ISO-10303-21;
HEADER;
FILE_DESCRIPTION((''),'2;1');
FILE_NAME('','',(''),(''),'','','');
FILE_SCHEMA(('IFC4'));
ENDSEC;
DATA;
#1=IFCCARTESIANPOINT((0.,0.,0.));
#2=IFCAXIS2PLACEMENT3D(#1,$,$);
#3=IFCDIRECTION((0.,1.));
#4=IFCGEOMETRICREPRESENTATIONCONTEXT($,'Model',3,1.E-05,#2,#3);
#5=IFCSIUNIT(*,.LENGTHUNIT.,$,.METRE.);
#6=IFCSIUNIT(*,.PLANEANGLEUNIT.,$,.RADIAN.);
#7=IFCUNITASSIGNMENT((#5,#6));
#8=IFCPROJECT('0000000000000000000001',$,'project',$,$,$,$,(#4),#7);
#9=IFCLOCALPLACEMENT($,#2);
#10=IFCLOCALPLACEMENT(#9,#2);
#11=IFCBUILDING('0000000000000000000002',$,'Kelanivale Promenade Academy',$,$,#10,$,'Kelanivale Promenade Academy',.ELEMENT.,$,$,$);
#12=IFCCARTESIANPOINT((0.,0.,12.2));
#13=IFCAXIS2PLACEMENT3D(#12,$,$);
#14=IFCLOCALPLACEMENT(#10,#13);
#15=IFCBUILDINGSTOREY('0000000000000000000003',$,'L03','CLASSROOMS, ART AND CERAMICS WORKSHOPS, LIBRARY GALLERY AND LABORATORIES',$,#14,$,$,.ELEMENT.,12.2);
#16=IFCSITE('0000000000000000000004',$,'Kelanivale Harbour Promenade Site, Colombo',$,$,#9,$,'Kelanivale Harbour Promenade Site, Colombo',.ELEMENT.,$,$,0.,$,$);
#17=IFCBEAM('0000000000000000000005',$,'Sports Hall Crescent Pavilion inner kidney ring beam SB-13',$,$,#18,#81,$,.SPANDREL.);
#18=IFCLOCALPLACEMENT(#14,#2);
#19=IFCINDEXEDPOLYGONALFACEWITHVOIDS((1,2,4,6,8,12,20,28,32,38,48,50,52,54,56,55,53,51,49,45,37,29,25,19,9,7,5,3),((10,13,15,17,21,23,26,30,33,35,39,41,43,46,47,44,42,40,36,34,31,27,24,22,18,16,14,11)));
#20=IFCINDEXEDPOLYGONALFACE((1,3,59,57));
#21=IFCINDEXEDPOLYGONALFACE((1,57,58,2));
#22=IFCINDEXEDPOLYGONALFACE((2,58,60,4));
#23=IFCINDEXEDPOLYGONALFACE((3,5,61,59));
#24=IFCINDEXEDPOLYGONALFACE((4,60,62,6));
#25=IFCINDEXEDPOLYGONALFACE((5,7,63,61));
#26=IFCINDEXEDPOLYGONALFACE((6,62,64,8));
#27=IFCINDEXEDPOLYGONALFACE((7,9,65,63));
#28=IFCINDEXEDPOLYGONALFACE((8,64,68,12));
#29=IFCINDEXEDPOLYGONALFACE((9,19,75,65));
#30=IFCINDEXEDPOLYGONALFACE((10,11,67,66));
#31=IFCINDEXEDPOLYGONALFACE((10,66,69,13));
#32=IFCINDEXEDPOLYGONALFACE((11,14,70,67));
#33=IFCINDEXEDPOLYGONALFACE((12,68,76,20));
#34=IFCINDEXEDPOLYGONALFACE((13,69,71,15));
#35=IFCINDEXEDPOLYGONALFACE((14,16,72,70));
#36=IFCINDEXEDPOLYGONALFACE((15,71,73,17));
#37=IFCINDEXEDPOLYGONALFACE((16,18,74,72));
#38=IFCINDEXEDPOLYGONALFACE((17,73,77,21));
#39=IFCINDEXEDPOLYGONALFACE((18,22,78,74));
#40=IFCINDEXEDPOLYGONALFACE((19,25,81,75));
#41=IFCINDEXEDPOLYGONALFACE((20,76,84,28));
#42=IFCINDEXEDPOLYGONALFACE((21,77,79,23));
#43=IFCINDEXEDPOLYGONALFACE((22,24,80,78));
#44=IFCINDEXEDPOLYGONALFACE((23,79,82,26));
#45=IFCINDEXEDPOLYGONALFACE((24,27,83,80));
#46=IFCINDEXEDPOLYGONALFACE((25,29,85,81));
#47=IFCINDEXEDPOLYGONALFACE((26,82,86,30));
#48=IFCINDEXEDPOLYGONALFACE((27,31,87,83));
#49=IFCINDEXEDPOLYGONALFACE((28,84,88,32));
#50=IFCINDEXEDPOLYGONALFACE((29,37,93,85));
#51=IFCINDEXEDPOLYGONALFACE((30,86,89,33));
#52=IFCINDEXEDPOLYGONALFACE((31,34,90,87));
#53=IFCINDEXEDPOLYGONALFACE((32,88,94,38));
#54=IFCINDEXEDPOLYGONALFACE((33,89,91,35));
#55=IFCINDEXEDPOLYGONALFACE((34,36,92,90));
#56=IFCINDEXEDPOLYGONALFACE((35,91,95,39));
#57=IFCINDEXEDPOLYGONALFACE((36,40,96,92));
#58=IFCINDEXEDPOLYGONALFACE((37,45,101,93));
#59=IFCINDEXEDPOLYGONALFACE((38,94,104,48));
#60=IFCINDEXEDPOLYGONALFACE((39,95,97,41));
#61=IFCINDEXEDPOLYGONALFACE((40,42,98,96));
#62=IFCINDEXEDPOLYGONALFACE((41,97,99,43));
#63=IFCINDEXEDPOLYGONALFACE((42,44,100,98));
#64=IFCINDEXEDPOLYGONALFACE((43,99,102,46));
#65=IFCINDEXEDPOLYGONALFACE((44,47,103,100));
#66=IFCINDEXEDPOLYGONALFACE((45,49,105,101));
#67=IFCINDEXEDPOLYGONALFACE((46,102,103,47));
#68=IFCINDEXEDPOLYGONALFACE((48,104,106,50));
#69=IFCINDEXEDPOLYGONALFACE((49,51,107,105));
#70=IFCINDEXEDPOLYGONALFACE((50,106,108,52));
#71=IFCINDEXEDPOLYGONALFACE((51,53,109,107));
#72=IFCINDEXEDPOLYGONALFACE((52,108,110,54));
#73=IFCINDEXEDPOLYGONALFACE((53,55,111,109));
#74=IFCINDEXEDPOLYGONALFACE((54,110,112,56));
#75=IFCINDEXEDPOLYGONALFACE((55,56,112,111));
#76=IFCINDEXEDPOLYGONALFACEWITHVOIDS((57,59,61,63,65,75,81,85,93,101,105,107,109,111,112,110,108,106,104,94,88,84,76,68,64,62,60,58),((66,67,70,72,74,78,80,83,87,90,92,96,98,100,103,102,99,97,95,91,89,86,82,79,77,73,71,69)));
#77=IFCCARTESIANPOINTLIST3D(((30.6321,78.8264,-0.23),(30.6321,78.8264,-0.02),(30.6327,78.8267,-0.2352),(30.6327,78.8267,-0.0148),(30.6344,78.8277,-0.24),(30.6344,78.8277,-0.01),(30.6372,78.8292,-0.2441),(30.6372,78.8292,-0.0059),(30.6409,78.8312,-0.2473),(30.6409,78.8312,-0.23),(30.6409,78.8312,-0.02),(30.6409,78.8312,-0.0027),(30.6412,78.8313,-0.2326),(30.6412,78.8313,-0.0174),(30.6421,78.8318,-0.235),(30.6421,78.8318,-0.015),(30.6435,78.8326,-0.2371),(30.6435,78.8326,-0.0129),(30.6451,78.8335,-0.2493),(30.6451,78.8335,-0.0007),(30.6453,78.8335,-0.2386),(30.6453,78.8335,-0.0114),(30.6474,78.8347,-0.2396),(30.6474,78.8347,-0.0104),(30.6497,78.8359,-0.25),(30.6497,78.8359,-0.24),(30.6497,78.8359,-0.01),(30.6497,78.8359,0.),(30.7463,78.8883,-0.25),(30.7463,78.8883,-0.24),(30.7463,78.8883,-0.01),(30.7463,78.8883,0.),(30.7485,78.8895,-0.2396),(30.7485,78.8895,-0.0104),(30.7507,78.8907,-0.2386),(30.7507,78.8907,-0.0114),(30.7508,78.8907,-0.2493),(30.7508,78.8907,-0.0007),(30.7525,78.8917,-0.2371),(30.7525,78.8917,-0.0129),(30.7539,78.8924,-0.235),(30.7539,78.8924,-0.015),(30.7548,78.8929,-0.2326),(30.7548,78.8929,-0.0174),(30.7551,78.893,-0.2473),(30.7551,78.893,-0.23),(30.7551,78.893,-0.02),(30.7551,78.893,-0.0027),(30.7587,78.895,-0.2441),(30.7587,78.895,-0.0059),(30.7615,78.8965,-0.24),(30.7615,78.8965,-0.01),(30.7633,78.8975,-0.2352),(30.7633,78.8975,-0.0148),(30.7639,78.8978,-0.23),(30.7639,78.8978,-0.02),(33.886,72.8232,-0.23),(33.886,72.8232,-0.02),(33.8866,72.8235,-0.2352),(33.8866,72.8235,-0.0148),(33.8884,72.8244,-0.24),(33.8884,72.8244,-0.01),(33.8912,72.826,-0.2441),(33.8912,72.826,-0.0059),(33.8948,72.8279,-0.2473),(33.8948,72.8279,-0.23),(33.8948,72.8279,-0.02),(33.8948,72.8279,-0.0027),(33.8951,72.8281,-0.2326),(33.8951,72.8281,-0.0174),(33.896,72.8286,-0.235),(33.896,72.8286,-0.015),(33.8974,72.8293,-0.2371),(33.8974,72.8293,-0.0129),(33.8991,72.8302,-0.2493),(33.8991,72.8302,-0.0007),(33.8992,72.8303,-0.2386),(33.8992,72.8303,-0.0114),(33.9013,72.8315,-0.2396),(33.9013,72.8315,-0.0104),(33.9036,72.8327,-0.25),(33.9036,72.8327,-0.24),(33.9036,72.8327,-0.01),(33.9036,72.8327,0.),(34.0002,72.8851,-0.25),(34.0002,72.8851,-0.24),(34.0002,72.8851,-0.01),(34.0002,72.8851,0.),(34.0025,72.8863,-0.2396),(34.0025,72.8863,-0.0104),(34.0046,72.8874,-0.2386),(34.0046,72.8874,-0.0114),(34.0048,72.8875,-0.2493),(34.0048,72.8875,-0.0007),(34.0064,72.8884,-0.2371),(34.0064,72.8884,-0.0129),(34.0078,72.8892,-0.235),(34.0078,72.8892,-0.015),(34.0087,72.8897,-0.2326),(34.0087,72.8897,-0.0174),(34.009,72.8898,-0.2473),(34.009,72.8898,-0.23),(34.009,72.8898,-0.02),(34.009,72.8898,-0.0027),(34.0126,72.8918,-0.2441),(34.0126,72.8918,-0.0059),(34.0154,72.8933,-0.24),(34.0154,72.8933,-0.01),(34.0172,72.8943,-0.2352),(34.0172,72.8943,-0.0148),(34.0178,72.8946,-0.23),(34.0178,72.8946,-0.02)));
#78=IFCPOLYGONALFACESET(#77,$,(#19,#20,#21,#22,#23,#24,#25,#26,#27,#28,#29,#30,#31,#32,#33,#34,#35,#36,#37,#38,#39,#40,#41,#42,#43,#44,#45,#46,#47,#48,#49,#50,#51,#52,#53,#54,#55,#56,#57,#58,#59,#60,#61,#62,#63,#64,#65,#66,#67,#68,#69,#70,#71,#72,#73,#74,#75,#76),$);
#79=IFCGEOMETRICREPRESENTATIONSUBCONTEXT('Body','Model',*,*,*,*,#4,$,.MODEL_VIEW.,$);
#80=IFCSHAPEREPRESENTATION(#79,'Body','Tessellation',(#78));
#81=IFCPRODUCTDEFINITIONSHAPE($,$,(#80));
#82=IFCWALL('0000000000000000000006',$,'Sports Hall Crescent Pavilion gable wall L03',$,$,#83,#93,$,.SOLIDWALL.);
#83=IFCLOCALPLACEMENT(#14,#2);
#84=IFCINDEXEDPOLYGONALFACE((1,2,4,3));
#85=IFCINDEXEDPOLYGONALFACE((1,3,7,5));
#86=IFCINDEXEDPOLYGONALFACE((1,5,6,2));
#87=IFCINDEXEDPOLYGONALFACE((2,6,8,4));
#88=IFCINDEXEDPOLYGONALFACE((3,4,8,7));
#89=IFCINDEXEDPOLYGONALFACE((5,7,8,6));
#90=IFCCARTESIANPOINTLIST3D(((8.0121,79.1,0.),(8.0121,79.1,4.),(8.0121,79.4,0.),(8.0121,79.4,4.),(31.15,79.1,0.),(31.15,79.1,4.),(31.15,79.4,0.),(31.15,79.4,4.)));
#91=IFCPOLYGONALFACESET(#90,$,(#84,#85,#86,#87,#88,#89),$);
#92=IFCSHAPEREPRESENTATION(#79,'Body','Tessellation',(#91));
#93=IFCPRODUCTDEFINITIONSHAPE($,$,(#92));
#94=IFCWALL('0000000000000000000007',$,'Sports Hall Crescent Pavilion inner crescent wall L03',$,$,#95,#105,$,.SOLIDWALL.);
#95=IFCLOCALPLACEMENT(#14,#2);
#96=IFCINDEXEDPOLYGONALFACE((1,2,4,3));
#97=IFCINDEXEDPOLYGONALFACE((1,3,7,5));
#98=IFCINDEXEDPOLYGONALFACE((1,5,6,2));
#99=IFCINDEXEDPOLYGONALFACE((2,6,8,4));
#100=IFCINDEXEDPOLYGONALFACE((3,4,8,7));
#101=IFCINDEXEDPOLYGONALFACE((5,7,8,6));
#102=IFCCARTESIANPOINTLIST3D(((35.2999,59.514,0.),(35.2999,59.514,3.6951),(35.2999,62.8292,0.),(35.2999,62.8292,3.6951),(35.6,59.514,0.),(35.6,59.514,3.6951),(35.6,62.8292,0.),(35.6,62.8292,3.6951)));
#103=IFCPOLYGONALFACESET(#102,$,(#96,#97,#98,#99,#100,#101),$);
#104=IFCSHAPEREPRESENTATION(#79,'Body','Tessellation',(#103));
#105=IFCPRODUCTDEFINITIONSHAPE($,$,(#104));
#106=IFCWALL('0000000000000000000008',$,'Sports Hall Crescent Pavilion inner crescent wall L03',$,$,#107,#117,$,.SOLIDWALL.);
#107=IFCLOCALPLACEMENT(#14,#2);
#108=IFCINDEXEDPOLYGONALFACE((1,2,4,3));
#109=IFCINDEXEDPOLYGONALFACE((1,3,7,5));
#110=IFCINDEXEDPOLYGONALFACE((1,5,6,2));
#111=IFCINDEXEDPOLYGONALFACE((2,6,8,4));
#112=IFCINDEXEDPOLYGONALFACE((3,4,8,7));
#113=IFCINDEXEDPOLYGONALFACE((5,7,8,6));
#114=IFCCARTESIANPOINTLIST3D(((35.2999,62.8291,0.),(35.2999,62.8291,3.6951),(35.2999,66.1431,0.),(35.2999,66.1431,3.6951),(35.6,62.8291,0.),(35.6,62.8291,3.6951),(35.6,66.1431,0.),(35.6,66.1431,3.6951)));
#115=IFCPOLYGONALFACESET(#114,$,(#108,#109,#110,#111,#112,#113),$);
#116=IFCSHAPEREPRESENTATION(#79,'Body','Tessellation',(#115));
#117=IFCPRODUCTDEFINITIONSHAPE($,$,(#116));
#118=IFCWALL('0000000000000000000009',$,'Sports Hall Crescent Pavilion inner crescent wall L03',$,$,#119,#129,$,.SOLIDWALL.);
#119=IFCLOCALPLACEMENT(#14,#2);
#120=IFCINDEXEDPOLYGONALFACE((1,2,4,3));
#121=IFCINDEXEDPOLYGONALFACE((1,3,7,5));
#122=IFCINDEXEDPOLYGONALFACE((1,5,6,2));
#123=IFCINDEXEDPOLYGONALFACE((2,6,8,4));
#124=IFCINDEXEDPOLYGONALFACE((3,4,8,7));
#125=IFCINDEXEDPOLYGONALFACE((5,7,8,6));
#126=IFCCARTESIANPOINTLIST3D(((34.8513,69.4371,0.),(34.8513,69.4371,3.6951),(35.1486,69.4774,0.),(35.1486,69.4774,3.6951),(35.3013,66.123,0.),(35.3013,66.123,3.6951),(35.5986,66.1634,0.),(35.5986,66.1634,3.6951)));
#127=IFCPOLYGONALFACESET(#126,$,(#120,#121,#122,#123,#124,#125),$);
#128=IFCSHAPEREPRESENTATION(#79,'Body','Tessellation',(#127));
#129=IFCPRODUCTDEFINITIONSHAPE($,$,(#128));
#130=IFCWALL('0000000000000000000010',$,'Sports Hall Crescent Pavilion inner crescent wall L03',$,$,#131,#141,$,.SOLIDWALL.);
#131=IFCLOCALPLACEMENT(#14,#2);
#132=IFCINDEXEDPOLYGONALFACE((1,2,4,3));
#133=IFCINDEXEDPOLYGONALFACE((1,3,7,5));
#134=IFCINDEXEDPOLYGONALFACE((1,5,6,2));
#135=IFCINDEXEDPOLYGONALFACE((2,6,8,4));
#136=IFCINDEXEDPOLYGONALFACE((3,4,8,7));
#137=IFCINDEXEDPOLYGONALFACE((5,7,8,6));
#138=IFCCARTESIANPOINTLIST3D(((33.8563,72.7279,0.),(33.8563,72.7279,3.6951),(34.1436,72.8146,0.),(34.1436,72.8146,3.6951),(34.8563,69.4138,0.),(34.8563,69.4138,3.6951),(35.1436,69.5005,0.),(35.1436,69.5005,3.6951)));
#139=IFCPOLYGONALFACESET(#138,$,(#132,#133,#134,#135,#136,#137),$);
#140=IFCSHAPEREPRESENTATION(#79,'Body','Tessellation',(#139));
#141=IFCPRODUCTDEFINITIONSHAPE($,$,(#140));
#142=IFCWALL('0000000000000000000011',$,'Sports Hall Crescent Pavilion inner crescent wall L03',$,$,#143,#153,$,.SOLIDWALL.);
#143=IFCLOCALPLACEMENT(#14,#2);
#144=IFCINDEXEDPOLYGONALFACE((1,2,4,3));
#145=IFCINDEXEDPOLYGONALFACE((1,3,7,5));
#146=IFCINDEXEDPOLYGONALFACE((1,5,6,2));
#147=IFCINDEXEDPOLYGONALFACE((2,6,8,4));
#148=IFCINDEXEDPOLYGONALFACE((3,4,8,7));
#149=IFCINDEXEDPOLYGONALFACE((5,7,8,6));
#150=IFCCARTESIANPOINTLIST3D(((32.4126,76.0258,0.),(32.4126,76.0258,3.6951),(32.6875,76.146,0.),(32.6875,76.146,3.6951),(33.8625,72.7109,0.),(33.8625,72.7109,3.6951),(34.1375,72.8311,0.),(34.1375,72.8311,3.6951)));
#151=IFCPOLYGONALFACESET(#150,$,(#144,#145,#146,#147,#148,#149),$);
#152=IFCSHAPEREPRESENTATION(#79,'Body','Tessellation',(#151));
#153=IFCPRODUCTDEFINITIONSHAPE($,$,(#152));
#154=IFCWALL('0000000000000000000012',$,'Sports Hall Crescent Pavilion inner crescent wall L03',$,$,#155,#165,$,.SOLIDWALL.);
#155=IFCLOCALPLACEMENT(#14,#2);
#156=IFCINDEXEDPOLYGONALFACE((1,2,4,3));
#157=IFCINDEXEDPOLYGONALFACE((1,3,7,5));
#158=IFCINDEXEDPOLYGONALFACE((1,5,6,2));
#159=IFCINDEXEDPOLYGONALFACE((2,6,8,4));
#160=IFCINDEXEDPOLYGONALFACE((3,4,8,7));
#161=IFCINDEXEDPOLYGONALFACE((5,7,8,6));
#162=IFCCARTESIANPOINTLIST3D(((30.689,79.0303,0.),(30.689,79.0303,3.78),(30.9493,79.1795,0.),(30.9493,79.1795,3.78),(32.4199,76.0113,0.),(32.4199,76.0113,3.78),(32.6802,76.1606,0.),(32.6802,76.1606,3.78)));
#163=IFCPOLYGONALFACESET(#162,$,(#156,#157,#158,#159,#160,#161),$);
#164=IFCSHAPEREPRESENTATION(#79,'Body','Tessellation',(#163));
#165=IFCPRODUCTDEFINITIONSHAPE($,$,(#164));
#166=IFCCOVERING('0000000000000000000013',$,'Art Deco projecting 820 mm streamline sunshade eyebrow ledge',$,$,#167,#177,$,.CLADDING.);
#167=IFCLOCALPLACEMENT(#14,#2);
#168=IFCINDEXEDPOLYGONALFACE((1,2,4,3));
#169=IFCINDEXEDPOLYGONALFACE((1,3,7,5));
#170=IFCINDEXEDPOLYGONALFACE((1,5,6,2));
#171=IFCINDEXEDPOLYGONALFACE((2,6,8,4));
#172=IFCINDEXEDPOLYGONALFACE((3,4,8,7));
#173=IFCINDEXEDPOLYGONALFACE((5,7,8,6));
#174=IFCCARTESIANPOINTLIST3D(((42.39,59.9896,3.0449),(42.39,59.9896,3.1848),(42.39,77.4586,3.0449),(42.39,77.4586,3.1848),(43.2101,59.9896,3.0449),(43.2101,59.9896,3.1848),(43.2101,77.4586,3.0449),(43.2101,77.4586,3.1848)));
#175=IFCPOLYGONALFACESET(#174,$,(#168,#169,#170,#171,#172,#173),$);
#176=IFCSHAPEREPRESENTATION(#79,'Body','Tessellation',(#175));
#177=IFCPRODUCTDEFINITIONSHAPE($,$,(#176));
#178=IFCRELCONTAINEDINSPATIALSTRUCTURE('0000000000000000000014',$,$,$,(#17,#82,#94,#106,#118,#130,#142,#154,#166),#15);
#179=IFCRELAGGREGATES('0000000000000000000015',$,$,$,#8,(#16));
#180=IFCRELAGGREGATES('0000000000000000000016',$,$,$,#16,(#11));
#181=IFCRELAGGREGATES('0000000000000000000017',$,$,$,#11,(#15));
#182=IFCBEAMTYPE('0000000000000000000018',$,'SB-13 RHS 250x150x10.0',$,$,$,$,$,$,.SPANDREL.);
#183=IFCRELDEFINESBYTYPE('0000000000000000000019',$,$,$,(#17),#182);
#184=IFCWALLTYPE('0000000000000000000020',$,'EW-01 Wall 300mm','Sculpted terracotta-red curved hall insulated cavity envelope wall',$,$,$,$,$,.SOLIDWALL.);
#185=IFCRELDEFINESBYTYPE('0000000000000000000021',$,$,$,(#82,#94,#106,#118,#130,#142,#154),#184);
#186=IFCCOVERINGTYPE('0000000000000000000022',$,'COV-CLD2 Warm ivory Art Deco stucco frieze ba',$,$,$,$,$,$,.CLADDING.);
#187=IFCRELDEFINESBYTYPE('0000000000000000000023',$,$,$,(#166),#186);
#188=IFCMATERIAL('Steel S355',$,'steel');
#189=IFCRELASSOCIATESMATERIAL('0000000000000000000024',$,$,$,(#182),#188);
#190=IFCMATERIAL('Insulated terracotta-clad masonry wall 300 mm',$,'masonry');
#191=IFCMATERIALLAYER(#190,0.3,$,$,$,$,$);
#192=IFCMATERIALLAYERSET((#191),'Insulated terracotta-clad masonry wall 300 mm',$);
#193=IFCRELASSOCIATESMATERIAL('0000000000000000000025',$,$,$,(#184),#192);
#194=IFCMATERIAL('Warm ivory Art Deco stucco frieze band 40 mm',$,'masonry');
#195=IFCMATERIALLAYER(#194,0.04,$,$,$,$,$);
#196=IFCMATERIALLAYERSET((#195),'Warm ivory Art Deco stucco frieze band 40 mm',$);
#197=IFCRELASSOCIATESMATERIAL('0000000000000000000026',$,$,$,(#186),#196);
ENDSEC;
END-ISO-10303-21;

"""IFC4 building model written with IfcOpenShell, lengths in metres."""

from ifc_helpers import new_model, si_unit, direction, frame, frame_2d, origin, origin_2d, place, context, subcontext, project, spatial, rectangle, hollow_rectangle, extrude, material, layer, layer_set, material_profile, profile_set, type_object, element, save


model = new_model("IFC4")

# Units and contexts
model_context = context("Model", 3, precision=1e-05, world=origin(), true_north=direction((0.0, 1.0)))
body_context = subcontext(model_context, "Body", "Model", "MODEL_VIEW")
ifc_project = project(units=[si_unit("LENGTHUNIT", "METRE"), si_unit("PLANEANGLEUNIT", "RADIAN")], contexts=[model_context])

# Site, building, storey
site_placement = place(None, origin())
site = spatial("IfcSite", under=ifc_project, at=site_placement, Name="Kelanivale Harbour Promenade Site, Colombo", LongName="Kelanivale Harbour Promenade Site, Colombo", CompositionType="ELEMENT", RefElevation=0.0)
building_placement = place(site_placement, origin())
building = spatial("IfcBuilding", under=site, at=building_placement, Name="Kelanivale Promenade Academy", LongName="Kelanivale Promenade Academy", CompositionType="ELEMENT")
storey_placement = place(building_placement, frame((0.0, 0.0, 12.2)))
storey = spatial("IfcBuildingStorey", under=building, at=storey_placement, Name="L03", Description="CLASSROOMS, ART AND CERAMICS WORKSHOPS, LIBRARY GALLERY AND LABORATORIES", CompositionType="ELEMENT", Elevation=12.2)

# Shared definitions
ifc_material_1 = material(Name="Steel S355", Category="steel")

# Beam
ifc_material_profile_1 = material_profile(ifc_material_1, hollow_rectangle(XDim=0.1499, YDim=0.25, WallThickness=0.01, InnerFilletRadius=0.01, OuterFilletRadius=0.02, at=origin_2d()), Name="RHS 250x150x10.0")
ifc_profile_set_1 = profile_set([ifc_material_profile_1], Name="Steel S355")
beam_type_1 = type_object("IfcBeamType", Name="SB-13 RHS 250x150x10.0", PredefinedType="SPANDREL", material=ifc_profile_set_1)
beam_1_placement = place(storey_placement, frame((33.9519, 72.8589, -0.125), z_axis=(-0.476531, 0.879158, 0.0), x_axis=(-0.879158, -0.476531, 0.0)))
element("IfcBeam", 1, at=beam_1_placement, inside=storey, type_object=beam_type_1, Name="Sports Hall Crescent Pavilion inner kidney ring beam SB-13", PredefinedType="SPANDREL", context=body_context, shape_type="SweptSolid", body=[
    extrude(hollow_rectangle(XDim=0.1499, YDim=0.25, WallThickness=0.01, InnerFilletRadius=0.01, OuterFilletRadius=0.02, at=origin_2d()), origin(), (0.0, 0.0, 1.0), 6.8284),
])

# Walls
ifc_material_2 = material(Name="Insulated terracotta-clad masonry wall 300 mm", Category="masonry")
ifc_layer_1 = layer(ifc_material_2, 0.3)
ifc_layer_set_1 = layer_set([ifc_layer_1], Name="Insulated terracotta-clad masonry wall 300 mm")
wall_type = type_object("IfcWallType", Name="EW-01 Wall 300mm", Description="Sculpted terracotta-red curved hall insulated cavity envelope wall", PredefinedType="SOLIDWALL", material=ifc_layer_set_1)
wall_1_placement = place(storey_placement, frame((31.1499, 79.25, 0.0), z_axis=(0.0, 0.0, 1.0), x_axis=(-1.0, 0.0, 0.0)))
element("IfcWall", 2, at=wall_1_placement, inside=storey, type_object=wall_type, Name="Sports Hall Crescent Pavilion gable wall L03", PredefinedType="SOLIDWALL", context=body_context, shape_type="SweptSolid", body=[
    extrude(rectangle(XDim=23.1379, YDim=0.3, at=frame_2d((11.5688, 0.0))), origin(), (0.0, 0.0, 1.0), 4.0),
])
wall_2_placement = place(storey_placement, frame((35.45, 59.5139, 0.0), z_axis=(0.0, 0.0, 1.0), x_axis=(0.0, 1.0, 0.0)))
element("IfcWall", 3, at=wall_2_placement, inside=storey, type_object=wall_type, Name="Sports Hall Crescent Pavilion inner crescent wall L03", PredefinedType="SOLIDWALL", context=body_context, shape_type="SweptSolid", body=[
    extrude(rectangle(XDim=3.3152, YDim=0.3, at=frame_2d((1.6577, 0.0))), origin(), (0.0, 0.0, 1.0), 3.6951),
])
wall_3_placement = place(storey_placement, frame((35.45, 62.8291, 0.0), z_axis=(0.0, 0.0, 1.0), x_axis=(0.0, 1.0, 0.0)))
element("IfcWall", 4, at=wall_3_placement, inside=storey, type_object=wall_type, Name="Sports Hall Crescent Pavilion inner crescent wall L03", PredefinedType="SOLIDWALL", context=body_context, shape_type="SweptSolid", body=[
    extrude(rectangle(XDim=3.314, YDim=0.3, at=frame_2d((1.657, 0.0))), origin(), (0.0, 0.0, 1.0), 3.6951),
])
wall_4_placement = place(storey_placement, frame((35.45, 66.1431, 0.0), z_axis=(0.0, 0.0, 1.0), x_axis=(-0.13454, 0.990908, 0.0)))
element("IfcWall", 5, at=wall_4_placement, inside=storey, type_object=wall_type, Name="Sports Hall Crescent Pavilion inner crescent wall L03", PredefinedType="SOLIDWALL", context=body_context, shape_type="SweptSolid", body=[
    extrude(rectangle(XDim=3.3445, YDim=0.3, at=frame_2d((1.6724, 0.0))), origin(), (0.0, 0.0, 1.0), 3.6951),
])
wall_5_placement = place(storey_placement, frame((35.0, 69.457, 0.0), z_axis=(0.0, 0.0, 1.0), x_axis=(-0.288888, 0.957363, 0.0)))
element("IfcWall", 6, at=wall_5_placement, inside=storey, type_object=wall_type, Name="Sports Hall Crescent Pavilion inner crescent wall L03", PredefinedType="SOLIDWALL", context=body_context, shape_type="SweptSolid", body=[
    extrude(rectangle(XDim=3.4617, YDim=0.3, at=frame_2d((1.731, 0.0))), origin(), (0.0, 0.0, 1.0), 3.6951),
])
wall_6_placement = place(storey_placement, frame((34.0, 72.771, 0.0), z_axis=(0.0, 0.0, 1.0), x_axis=(-0.400741, 0.916191, 0.0)))
element("IfcWall", 7, at=wall_6_placement, inside=storey, type_object=wall_type, Name="Sports Hall Crescent Pavilion inner crescent wall L03", PredefinedType="SOLIDWALL", context=body_context, shape_type="SweptSolid", body=[
    extrude(rectangle(XDim=3.6182, YDim=0.3, at=frame_2d((1.8091, 0.0))), origin(), (0.0, 0.0, 1.0), 3.6951),
])
wall_7_placement = place(storey_placement, frame((32.55, 76.0859, 0.0), z_axis=(0.0, 0.0, 1.0), x_axis=(-0.497393, 0.867526, 0.0)))
element("IfcWall", 8, at=wall_7_placement, inside=storey, type_object=wall_type, Name="Sports Hall Crescent Pavilion inner crescent wall L03", PredefinedType="SOLIDWALL", context=body_context, shape_type="SweptSolid", body=[
    extrude(rectangle(XDim=3.48, YDim=0.3, at=frame_2d((1.74, 0.0))), origin(), (0.0, 0.0, 1.0), 3.78),
])

# Covering
ifc_material_3 = material(Name="Warm ivory Art Deco stucco frieze band 40 mm", Category="masonry")
ifc_layer_2 = layer(ifc_material_3, 0.04)
ifc_layer_set_2 = layer_set([ifc_layer_2], Name="Warm ivory Art Deco stucco frieze band 40 mm")
covering_type = type_object("IfcCoveringType", Name="COV-CLD2 Warm ivory Art Deco stucco frieze ba", PredefinedType="CLADDING", material=ifc_layer_set_2)
covering_placement = place(storey_placement, frame((42.8, 68.7241, 3.0449), z_axis=(0.0, 0.0, 1.0), x_axis=(0.0, -1.0, 0.0)))
element("IfcCovering", 9, at=covering_placement, inside=storey, type_object=covering_type, Name="Art Deco projecting 820 mm streamline sunshade eyebrow ledge", PredefinedType="CLADDING", context=body_context, shape_type="SweptSolid", body=[
    extrude(rectangle(XDim=17.469, YDim=0.8201, at=origin_2d()), origin(), (0.0, 0.0, 1.0), 0.1399),
])

save(model, "model.ifc")
